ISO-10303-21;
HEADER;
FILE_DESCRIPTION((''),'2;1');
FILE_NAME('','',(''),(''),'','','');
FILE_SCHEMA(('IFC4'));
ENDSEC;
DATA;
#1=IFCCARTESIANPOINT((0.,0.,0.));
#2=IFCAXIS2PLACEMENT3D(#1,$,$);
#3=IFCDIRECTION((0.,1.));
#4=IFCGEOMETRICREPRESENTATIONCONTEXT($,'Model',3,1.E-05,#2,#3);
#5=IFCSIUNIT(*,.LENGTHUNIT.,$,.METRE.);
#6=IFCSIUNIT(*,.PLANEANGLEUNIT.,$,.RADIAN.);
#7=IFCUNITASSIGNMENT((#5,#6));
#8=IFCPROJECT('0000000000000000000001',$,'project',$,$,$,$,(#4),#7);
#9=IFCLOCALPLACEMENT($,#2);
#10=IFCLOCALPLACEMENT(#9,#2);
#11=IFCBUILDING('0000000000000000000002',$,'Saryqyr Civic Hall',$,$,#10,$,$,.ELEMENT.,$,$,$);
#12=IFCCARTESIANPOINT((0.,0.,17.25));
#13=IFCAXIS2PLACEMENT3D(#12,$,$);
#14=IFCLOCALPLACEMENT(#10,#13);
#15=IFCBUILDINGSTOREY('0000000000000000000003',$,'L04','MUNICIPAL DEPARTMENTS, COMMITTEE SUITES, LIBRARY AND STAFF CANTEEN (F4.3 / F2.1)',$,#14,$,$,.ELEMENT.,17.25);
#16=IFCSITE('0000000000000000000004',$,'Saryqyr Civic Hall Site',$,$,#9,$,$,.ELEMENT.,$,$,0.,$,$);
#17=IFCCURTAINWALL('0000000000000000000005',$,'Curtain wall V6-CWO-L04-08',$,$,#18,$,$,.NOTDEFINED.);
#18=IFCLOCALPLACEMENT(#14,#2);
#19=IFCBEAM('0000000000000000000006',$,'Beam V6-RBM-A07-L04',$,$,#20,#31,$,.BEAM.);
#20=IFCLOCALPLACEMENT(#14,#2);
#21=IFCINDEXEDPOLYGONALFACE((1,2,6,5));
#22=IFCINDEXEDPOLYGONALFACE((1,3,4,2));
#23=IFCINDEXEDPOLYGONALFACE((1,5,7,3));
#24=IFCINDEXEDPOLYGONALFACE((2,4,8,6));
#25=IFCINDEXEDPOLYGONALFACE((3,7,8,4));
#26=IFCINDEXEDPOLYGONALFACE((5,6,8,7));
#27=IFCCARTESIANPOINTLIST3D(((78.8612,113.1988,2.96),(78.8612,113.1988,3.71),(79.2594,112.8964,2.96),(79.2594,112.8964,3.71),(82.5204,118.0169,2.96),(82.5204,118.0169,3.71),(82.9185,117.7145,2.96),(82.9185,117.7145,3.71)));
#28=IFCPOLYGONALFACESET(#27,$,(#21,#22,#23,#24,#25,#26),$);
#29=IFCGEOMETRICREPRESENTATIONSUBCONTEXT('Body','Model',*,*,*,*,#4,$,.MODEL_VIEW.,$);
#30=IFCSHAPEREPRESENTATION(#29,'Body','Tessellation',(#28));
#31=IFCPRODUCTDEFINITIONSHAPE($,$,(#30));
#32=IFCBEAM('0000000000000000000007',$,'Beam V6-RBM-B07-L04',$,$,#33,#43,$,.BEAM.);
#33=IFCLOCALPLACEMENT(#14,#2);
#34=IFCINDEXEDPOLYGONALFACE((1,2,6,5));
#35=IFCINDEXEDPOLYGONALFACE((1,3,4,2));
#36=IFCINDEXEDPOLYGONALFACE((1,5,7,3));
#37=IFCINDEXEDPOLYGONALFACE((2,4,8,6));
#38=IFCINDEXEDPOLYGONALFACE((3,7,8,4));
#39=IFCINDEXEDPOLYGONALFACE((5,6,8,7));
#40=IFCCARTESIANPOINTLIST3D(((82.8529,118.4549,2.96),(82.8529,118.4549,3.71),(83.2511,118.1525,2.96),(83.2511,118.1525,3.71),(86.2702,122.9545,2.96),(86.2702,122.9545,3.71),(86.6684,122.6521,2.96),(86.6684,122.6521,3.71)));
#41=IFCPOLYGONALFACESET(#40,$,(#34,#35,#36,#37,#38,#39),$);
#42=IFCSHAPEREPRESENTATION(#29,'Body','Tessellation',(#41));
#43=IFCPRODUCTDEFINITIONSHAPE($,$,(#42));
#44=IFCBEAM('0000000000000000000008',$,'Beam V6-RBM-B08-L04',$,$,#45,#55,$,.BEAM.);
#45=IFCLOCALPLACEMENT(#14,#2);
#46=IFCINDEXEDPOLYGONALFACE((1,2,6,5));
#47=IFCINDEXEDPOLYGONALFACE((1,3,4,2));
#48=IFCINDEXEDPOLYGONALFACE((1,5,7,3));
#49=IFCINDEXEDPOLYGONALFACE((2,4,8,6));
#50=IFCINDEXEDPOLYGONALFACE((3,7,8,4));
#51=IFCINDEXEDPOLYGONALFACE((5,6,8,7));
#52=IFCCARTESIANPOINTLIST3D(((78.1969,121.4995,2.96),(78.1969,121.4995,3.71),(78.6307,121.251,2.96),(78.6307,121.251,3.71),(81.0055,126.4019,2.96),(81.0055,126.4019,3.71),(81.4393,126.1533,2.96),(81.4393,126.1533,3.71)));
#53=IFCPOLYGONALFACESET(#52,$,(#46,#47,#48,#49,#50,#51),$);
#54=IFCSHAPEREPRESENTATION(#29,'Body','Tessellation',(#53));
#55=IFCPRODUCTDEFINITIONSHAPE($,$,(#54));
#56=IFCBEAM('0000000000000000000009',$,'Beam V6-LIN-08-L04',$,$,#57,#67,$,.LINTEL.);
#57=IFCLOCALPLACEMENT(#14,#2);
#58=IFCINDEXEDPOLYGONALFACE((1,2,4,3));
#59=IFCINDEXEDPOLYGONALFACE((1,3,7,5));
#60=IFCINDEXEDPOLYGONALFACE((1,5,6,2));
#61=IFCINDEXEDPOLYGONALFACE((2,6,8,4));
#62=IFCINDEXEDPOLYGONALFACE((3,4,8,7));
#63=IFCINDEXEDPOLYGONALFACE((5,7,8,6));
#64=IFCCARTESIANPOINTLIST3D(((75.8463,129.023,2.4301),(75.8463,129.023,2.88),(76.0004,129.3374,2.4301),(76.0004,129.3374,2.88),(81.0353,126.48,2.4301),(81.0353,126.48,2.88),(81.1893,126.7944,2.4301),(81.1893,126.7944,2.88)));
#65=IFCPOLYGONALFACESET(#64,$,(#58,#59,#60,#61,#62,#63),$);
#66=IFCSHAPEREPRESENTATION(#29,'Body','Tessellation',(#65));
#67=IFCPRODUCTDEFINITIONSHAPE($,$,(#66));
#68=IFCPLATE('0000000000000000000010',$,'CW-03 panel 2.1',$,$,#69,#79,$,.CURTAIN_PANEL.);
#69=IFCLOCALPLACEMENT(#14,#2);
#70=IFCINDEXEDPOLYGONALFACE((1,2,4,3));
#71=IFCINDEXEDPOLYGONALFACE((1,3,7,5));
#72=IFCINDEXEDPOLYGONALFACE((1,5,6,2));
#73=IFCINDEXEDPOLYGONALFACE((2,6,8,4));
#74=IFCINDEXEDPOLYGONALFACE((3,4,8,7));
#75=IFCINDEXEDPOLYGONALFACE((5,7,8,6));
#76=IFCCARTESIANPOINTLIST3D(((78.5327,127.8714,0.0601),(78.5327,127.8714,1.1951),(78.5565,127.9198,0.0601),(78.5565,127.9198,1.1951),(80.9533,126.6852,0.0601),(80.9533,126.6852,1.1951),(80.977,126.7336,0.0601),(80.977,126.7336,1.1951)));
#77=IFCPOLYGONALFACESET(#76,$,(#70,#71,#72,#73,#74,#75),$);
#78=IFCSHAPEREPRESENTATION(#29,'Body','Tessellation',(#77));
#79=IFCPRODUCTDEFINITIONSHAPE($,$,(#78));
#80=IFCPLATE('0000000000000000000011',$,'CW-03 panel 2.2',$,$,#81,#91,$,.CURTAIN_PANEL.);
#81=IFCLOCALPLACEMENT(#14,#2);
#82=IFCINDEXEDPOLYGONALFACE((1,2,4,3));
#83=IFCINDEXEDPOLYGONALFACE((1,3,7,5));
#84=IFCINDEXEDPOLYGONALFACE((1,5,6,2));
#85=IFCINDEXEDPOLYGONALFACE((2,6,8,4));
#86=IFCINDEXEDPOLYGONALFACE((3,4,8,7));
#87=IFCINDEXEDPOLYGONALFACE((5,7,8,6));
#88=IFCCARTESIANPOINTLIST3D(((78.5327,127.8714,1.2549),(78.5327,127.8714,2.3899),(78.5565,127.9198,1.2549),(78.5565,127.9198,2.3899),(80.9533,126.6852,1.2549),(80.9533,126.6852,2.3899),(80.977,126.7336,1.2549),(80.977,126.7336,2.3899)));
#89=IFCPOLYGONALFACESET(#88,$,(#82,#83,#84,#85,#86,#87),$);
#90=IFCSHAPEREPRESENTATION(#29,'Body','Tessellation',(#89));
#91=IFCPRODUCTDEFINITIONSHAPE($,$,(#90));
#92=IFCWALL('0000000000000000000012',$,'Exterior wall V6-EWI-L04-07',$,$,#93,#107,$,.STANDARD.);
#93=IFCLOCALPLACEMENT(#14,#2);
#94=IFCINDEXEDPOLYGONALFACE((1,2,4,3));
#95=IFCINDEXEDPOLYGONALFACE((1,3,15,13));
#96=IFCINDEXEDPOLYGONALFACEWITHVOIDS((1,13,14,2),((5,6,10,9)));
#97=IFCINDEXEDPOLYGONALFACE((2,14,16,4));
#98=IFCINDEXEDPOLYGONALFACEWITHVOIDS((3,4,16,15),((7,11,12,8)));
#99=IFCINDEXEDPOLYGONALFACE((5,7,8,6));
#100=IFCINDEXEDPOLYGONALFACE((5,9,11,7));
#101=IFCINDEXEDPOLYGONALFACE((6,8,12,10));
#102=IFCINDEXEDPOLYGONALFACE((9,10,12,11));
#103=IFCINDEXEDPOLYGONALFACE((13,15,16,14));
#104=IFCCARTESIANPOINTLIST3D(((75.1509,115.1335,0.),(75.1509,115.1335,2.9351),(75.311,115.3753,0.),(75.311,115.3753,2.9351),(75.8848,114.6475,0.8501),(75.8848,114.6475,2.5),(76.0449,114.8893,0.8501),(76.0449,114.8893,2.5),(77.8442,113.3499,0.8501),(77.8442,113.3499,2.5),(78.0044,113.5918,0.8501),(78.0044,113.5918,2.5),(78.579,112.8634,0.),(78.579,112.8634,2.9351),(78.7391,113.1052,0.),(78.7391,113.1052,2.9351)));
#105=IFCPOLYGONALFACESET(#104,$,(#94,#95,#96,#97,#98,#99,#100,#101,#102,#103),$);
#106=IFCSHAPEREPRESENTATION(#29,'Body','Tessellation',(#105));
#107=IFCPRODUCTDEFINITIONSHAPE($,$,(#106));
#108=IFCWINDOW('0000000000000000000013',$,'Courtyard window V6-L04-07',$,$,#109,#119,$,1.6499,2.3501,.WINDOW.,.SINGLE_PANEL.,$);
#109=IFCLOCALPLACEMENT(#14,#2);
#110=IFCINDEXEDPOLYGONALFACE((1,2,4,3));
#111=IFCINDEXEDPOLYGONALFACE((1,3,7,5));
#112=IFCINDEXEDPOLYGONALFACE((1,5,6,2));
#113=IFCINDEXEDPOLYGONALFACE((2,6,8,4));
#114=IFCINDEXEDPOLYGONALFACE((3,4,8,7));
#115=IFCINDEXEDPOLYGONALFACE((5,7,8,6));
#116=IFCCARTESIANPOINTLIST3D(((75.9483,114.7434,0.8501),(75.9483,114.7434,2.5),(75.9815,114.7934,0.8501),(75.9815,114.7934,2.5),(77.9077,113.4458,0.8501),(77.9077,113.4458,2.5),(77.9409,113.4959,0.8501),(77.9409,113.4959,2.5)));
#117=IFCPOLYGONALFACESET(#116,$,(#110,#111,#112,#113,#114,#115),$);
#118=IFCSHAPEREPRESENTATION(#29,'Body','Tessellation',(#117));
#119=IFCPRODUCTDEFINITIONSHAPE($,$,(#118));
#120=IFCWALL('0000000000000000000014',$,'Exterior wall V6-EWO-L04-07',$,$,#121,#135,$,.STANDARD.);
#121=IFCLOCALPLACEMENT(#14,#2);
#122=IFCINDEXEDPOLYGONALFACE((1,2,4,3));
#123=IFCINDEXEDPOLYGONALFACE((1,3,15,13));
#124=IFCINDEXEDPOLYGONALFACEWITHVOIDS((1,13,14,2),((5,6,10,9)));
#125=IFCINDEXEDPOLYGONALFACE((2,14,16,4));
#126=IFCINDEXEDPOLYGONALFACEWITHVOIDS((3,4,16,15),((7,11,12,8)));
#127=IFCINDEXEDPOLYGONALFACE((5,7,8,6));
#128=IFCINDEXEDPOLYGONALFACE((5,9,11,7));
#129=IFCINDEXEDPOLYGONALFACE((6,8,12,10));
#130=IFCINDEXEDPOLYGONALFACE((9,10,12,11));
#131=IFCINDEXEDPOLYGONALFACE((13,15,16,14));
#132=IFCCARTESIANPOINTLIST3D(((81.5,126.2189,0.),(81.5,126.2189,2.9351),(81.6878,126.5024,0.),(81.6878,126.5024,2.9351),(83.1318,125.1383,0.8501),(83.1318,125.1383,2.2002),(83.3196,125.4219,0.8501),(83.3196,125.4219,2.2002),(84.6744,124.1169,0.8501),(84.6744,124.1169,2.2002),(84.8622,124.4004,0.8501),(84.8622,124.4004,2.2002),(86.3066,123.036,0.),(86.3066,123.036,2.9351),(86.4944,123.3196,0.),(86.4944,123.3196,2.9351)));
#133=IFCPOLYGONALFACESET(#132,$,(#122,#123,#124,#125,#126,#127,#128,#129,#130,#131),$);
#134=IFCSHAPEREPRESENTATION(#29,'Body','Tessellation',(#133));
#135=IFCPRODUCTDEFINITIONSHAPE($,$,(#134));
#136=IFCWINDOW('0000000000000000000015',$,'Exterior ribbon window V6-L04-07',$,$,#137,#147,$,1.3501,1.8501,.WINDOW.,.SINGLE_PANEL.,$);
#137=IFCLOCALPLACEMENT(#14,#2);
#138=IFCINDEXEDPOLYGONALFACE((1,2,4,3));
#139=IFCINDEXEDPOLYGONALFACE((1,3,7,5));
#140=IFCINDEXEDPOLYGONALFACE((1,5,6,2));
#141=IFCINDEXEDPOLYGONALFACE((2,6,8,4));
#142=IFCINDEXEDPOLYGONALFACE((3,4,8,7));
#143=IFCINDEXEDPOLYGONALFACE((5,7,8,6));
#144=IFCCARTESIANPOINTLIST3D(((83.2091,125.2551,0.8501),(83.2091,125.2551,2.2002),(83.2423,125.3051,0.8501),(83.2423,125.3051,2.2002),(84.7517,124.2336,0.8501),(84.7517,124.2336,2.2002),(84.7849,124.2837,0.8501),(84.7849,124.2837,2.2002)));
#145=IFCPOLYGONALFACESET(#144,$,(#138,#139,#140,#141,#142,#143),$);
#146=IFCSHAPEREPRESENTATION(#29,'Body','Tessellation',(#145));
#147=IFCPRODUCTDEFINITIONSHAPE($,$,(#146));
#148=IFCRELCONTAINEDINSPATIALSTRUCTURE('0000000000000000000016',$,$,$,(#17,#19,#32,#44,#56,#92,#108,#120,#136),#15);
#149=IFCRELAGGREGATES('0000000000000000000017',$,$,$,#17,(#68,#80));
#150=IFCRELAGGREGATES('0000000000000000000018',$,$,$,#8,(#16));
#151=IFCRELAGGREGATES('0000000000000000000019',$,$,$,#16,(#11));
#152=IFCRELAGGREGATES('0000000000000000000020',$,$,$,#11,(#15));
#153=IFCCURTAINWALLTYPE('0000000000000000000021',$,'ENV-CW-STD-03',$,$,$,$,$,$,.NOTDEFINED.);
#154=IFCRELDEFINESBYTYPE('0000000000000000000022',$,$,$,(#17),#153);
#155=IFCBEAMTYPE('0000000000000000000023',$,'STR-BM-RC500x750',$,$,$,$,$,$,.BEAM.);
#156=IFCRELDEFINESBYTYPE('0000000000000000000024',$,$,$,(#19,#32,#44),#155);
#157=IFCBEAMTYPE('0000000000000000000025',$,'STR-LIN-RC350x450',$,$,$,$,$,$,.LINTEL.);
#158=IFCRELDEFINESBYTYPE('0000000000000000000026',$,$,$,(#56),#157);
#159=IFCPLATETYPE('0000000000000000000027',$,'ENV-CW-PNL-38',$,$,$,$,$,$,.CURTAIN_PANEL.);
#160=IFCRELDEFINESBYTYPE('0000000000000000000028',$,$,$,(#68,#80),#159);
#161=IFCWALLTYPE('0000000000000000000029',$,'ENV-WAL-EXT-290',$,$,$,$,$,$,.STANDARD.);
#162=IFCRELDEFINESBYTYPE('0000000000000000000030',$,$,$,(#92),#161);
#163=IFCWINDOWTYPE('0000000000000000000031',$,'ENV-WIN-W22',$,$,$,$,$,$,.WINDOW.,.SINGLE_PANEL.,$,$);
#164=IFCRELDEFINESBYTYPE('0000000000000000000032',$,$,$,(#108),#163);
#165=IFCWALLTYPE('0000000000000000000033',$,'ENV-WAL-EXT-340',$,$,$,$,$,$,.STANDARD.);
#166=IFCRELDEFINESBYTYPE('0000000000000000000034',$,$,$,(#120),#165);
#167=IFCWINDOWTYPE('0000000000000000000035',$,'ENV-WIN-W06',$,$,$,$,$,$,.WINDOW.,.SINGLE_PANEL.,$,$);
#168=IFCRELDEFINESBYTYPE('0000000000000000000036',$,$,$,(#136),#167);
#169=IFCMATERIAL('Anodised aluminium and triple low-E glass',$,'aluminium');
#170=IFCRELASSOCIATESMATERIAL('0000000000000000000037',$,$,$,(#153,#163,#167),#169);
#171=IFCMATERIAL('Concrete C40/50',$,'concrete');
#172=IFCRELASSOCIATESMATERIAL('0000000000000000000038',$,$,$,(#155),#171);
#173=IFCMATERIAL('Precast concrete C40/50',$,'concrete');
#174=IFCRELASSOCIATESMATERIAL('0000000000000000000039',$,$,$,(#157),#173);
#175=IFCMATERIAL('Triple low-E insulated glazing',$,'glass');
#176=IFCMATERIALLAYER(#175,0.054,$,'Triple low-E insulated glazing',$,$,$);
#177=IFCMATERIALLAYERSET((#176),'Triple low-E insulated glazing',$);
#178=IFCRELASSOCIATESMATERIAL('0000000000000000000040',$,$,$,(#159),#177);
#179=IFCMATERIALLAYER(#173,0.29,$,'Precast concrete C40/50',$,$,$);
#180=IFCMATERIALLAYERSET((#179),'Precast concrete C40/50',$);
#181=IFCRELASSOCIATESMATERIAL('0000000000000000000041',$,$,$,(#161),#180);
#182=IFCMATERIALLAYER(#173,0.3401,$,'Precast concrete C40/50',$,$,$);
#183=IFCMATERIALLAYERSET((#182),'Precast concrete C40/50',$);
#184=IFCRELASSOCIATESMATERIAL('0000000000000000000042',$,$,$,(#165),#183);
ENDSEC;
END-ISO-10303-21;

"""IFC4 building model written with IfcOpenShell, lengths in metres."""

from ifc_helpers import new_model, si_unit, direction, frame, frame_2d, origin, origin_2d, place, context, subcontext, project, spatial, rectangle, extrude, material, layer, layer_set, material_profile, profile_set, type_object, element, fill, aggregate, save


model = new_model("IFC4")

# Units and contexts
model_context = context("Model", 3, precision=1e-05, world=origin(), true_north=direction((0.0, 1.0)))
body_context = subcontext(model_context, "Body", "Model", "MODEL_VIEW")
ifc_project = project(units=[si_unit("LENGTHUNIT", "METRE"), si_unit("PLANEANGLEUNIT", "RADIAN")], contexts=[model_context])

# Site, building, storey
site_placement = place(None, origin())
site = spatial("IfcSite", under=ifc_project, at=site_placement, Name="Saryqyr Civic Hall Site", CompositionType="ELEMENT", RefElevation=0.0)
building_placement = place(site_placement, origin())
building = spatial("IfcBuilding", under=site, at=building_placement, Name="Saryqyr Civic Hall", CompositionType="ELEMENT")
storey_placement = place(building_placement, frame((0.0, 0.0, 17.25)))
storey = spatial("IfcBuildingStorey", under=building, at=storey_placement, Name="L04", Description="MUNICIPAL DEPARTMENTS, COMMITTEE SUITES, LIBRARY AND STAFF CANTEEN (F4.3 / F2.1)", CompositionType="ELEMENT", Elevation=17.25)

# Shared definitions
ifc_material_1 = material(Name="Concrete C40/50", Category="concrete")

# Curtain wall
ifc_material_2 = material(Name="Anodised aluminium and triple low-E glass", Category="aluminium")
curtain_wall_type = type_object("IfcCurtainWallType", Name="ENV-CW-STD-03", PredefinedType="NOTDEFINED", material=ifc_material_2)
curtain_wall_placement = place(storey_placement, origin())
curtain_wall = element("IfcCurtainWall", 1, at=curtain_wall_placement, inside=storey, type_object=curtain_wall_type, Name="Curtain wall V6-CWO-L04-08", PredefinedType="NOTDEFINED")

# Beams
ifc_material_profile_1 = material_profile(ifc_material_1, rectangle(XDim=0.5, YDim=0.75, at=origin_2d()), Name="RC 500x750")
ifc_profile_set_1 = profile_set([ifc_material_profile_1], Name="Concrete C40/50")
beam_type_1 = type_object("IfcBeamType", Name="STR-BM-RC500x750", PredefinedType="BEAM", material=ifc_profile_set_1)
beam_1_placement = place(storey_placement, frame((79.0603, 113.0476, 3.335), z_axis=(0.604812, 0.796368, 0.0), x_axis=(-0.796368, 0.604812, 0.0)))
element("IfcBeam", 2, at=beam_1_placement, inside=storey, type_object=beam_type_1, Name="Beam V6-RBM-A07-L04", PredefinedType="BEAM", context=body_context, shape_type="SweptSolid", body=[
    extrude(rectangle(XDim=0.5, YDim=0.75, at=origin_2d()), origin(), (0.0, 0.0, 1.0), 6.05),
])
beam_2_placement = place(storey_placement, frame((83.052, 118.3037, 3.335), z_axis=(0.604815, 0.796366, 0.0), x_axis=(-0.796366, 0.604815, 0.0)))
element("IfcBeam", 3, at=beam_2_placement, inside=storey, type_object=beam_type_1, Name="Beam V6-RBM-B07-L04", PredefinedType="BEAM", context=body_context, shape_type="SweptSolid", body=[
    extrude(rectangle(XDim=0.5, YDim=0.75, at=origin_2d()), origin(), (0.0, 0.0, 1.0), 5.6501),
])
beam_3_placement = place(storey_placement, frame((78.4138, 121.3752, 3.335), z_axis=(0.497107, 0.867689, 0.0), x_axis=(-0.867689, 0.497107, 0.0)))
element("IfcBeam", 4, at=beam_3_placement, inside=storey, type_object=beam_type_1, Name="Beam V6-RBM-B08-L04", PredefinedType="BEAM", context=body_context, shape_type="SweptSolid", body=[
    extrude(rectangle(XDim=0.5, YDim=0.75, at=origin_2d()), origin(), (0.0, 0.0, 1.0), 5.6499),
])
ifc_material_3 = material(Name="Precast concrete C40/50", Category="concrete")
ifc_material_profile_2 = material_profile(ifc_material_3, rectangle(XDim=0.3501, YDim=0.45, at=origin_2d()), Name="RC 350x450")
ifc_profile_set_2 = profile_set([ifc_material_profile_2], Name="Precast concrete C40/50")
beam_type_2 = type_object("IfcBeamType", Name="STR-LIN-RC350x450", PredefinedType="LINTEL", material=ifc_profile_set_2)
beam_4_placement = place(storey_placement, frame((81.1123, 126.6372, 2.655), z_axis=(-0.897965, 0.440068, 0.0), x_axis=(-0.440068, -0.897965, 0.0)))
element("IfcBeam", 5, at=beam_4_placement, inside=storey, type_object=beam_type_2, Name="Beam V6-LIN-08-L04", PredefinedType="LINTEL", context=body_context, shape_type="SweptSolid", body=[
    extrude(rectangle(XDim=0.3501, YDim=0.45, at=origin_2d()), origin(), (0.0, 0.0, 1.0), 5.7786),
])

# Plates
ifc_material_4 = material(Name="Triple low-E insulated glazing", Category="glass")
ifc_layer_1 = layer(ifc_material_4, 0.054, Name="Triple low-E insulated glazing")
ifc_layer_set_1 = layer_set([ifc_layer_1], Name="Triple low-E insulated glazing")
plate_type = type_object("IfcPlateType", Name="ENV-CW-PNL-38", PredefinedType="CURTAIN_PANEL", material=ifc_layer_set_1)
plate_1_placement = place(storey_placement, frame((79.7549, 127.3025, 0.0601), z_axis=(0.0, 0.0, 1.0), x_axis=(0.897971, -0.440055, 0.0)))
plate_1 = element("IfcPlate", 6, at=plate_1_placement, type_object=plate_type, Name="CW-03 panel 2.1", PredefinedType="CURTAIN_PANEL", context=body_context, shape_type="SweptSolid", body=[
    extrude(rectangle(XDim=2.6956, YDim=0.054, at=origin_2d()), origin(), (0.0, 0.0, 1.0), 1.135),
])
plate_2_placement = place(storey_placement, frame((79.7549, 127.3025, 1.2549), z_axis=(0.0, 0.0, 1.0), x_axis=(0.897971, -0.440055, 0.0)))
plate_2 = element("IfcPlate", 7, at=plate_2_placement, type_object=plate_type, Name="CW-03 panel 2.2", PredefinedType="CURTAIN_PANEL", context=body_context, shape_type="SweptSolid", body=[
    extrude(rectangle(XDim=2.6956, YDim=0.054, at=origin_2d()), origin(), (0.0, 0.0, 1.0), 1.135),
])
aggregate(curtain_wall, [plate_1, plate_2])

# Walls, openings, windows
ifc_layer_2 = layer(ifc_material_3, 0.29, Name="Precast concrete C40/50")
ifc_layer_set_2 = layer_set([ifc_layer_2], Name="Precast concrete C40/50")
wall_type_1 = type_object("IfcWallType", Name="ENV-WAL-EXT-290", PredefinedType="STANDARD", material=ifc_layer_set_2)
wall_1_placement = place(storey_placement, frame((78.6589, 112.9844, 0.0), z_axis=(0.0, 0.0, 1.0), x_axis=(-0.833764, 0.552121, 0.0)))
wall_1 = element("IfcWall", 8, at=wall_1_placement, inside=storey, type_object=wall_type_1, Name="Exterior wall V6-EWI-L04-07", PredefinedType="STANDARD", context=body_context, shape_type="SweptSolid", body=[
    extrude(rectangle(XDim=4.1116, YDim=0.29, at=frame_2d((2.0557, 0.0))), origin(), (0.0, 0.0, 1.0), 2.9351),
])
opening_1_placement = place(wall_1_placement, frame((0.8811, 0.0, 0.8501)))
opening_1 = element("IfcOpeningElement", 9, at=opening_1_placement, cuts=wall_1, PredefinedType="OPENING", context=body_context, shape_type="SweptSolid", body=[
    extrude(rectangle(XDim=2.3501, YDim=1.6499, at=frame_2d((1.175, 0.825))), frame((0.0, 0.155, 0.0), z_axis=(0.0, -1.0, 0.0), x_axis=(1.0, 0.0, 0.0)), (0.0, 0.0, 1.0), 0.3101),
])
window_type_1 = type_object("IfcWindowType", Name="ENV-WIN-W22", PartitioningType="SINGLE_PANEL", PredefinedType="WINDOW", material=ifc_material_2)
window_1_placement = place(opening_1_placement, origin())
window_1 = element("IfcWindow", 10, at=window_1_placement, inside=storey, type_object=window_type_1, Name="Courtyard window V6-L04-07", OverallHeight=1.6499, OverallWidth=2.3501, PartitioningType="SINGLE_PANEL", PredefinedType="WINDOW", context=body_context, shape_type="SweptSolid", body=[
    extrude(rectangle(XDim=2.3501, YDim=1.6499, at=frame_2d((1.175, 0.825))), frame((0.0, 0.03, 0.0), z_axis=(0.0, -1.0, 0.0), x_axis=(1.0, 0.0, 0.0)), (0.0, 0.0, 1.0), 0.0601),
])
fill(opening_1, window_1)
ifc_layer_3 = layer(ifc_material_3, 0.3401, Name="Precast concrete C40/50")
ifc_layer_set_3 = layer_set([ifc_layer_3], Name="Precast concrete C40/50")
wall_type_2 = type_object("IfcWallType", Name="ENV-WAL-EXT-340", PredefinedType="STANDARD", material=ifc_layer_set_3)
wall_2_placement = place(storey_placement, frame((81.594, 126.3606, 0.0), z_axis=(0.0, 0.0, 1.0), x_axis=(0.833773, -0.552108, 0.0)))
wall_2 = element("IfcWall", 11, at=wall_2_placement, inside=storey, type_object=wall_type_2, Name="Exterior wall V6-EWO-L04-07", PredefinedType="STANDARD", context=body_context, shape_type="SweptSolid", body=[
    extrude(rectangle(XDim=5.7649, YDim=0.3401, at=frame_2d((2.8823, 0.0))), origin(), (0.0, 0.0, 1.0), 2.9351),
])
opening_2_placement = place(wall_2_placement, frame((1.957, 0.0, 0.8501)))
opening_2 = element("IfcOpeningElement", 12, at=opening_2_placement, cuts=wall_2, PredefinedType="OPENING", context=body_context, shape_type="SweptSolid", body=[
    extrude(rectangle(XDim=1.8501, YDim=1.3501, at=frame_2d((0.925, 0.675))), frame((0.0, 0.1799, 0.0), z_axis=(0.0, -1.0, 0.0), x_axis=(1.0, 0.0, 0.0)), (0.0, 0.0, 1.0), 0.3601),
])
window_type_2 = type_object("IfcWindowType", Name="ENV-WIN-W06", PartitioningType="SINGLE_PANEL", PredefinedType="WINDOW", material=ifc_material_2)
window_2_placement = place(opening_2_placement, origin())
window_2 = element("IfcWindow", 13, at=window_2_placement, inside=storey, type_object=window_type_2, Name="Exterior ribbon window V6-L04-07", OverallHeight=1.3501, OverallWidth=1.8501, PartitioningType="SINGLE_PANEL", PredefinedType="WINDOW", context=body_context, shape_type="SweptSolid", body=[
    extrude(rectangle(XDim=1.8501, YDim=1.3501, at=frame_2d((0.925, 0.675))), frame((0.0, 0.03, 0.0), z_axis=(0.0, -1.0, 0.0), x_axis=(1.0, 0.0, 0.0)), (0.0, 0.0, 1.0), 0.0601),
])
fill(opening_2, window_2)

save(model, "model.ifc")
